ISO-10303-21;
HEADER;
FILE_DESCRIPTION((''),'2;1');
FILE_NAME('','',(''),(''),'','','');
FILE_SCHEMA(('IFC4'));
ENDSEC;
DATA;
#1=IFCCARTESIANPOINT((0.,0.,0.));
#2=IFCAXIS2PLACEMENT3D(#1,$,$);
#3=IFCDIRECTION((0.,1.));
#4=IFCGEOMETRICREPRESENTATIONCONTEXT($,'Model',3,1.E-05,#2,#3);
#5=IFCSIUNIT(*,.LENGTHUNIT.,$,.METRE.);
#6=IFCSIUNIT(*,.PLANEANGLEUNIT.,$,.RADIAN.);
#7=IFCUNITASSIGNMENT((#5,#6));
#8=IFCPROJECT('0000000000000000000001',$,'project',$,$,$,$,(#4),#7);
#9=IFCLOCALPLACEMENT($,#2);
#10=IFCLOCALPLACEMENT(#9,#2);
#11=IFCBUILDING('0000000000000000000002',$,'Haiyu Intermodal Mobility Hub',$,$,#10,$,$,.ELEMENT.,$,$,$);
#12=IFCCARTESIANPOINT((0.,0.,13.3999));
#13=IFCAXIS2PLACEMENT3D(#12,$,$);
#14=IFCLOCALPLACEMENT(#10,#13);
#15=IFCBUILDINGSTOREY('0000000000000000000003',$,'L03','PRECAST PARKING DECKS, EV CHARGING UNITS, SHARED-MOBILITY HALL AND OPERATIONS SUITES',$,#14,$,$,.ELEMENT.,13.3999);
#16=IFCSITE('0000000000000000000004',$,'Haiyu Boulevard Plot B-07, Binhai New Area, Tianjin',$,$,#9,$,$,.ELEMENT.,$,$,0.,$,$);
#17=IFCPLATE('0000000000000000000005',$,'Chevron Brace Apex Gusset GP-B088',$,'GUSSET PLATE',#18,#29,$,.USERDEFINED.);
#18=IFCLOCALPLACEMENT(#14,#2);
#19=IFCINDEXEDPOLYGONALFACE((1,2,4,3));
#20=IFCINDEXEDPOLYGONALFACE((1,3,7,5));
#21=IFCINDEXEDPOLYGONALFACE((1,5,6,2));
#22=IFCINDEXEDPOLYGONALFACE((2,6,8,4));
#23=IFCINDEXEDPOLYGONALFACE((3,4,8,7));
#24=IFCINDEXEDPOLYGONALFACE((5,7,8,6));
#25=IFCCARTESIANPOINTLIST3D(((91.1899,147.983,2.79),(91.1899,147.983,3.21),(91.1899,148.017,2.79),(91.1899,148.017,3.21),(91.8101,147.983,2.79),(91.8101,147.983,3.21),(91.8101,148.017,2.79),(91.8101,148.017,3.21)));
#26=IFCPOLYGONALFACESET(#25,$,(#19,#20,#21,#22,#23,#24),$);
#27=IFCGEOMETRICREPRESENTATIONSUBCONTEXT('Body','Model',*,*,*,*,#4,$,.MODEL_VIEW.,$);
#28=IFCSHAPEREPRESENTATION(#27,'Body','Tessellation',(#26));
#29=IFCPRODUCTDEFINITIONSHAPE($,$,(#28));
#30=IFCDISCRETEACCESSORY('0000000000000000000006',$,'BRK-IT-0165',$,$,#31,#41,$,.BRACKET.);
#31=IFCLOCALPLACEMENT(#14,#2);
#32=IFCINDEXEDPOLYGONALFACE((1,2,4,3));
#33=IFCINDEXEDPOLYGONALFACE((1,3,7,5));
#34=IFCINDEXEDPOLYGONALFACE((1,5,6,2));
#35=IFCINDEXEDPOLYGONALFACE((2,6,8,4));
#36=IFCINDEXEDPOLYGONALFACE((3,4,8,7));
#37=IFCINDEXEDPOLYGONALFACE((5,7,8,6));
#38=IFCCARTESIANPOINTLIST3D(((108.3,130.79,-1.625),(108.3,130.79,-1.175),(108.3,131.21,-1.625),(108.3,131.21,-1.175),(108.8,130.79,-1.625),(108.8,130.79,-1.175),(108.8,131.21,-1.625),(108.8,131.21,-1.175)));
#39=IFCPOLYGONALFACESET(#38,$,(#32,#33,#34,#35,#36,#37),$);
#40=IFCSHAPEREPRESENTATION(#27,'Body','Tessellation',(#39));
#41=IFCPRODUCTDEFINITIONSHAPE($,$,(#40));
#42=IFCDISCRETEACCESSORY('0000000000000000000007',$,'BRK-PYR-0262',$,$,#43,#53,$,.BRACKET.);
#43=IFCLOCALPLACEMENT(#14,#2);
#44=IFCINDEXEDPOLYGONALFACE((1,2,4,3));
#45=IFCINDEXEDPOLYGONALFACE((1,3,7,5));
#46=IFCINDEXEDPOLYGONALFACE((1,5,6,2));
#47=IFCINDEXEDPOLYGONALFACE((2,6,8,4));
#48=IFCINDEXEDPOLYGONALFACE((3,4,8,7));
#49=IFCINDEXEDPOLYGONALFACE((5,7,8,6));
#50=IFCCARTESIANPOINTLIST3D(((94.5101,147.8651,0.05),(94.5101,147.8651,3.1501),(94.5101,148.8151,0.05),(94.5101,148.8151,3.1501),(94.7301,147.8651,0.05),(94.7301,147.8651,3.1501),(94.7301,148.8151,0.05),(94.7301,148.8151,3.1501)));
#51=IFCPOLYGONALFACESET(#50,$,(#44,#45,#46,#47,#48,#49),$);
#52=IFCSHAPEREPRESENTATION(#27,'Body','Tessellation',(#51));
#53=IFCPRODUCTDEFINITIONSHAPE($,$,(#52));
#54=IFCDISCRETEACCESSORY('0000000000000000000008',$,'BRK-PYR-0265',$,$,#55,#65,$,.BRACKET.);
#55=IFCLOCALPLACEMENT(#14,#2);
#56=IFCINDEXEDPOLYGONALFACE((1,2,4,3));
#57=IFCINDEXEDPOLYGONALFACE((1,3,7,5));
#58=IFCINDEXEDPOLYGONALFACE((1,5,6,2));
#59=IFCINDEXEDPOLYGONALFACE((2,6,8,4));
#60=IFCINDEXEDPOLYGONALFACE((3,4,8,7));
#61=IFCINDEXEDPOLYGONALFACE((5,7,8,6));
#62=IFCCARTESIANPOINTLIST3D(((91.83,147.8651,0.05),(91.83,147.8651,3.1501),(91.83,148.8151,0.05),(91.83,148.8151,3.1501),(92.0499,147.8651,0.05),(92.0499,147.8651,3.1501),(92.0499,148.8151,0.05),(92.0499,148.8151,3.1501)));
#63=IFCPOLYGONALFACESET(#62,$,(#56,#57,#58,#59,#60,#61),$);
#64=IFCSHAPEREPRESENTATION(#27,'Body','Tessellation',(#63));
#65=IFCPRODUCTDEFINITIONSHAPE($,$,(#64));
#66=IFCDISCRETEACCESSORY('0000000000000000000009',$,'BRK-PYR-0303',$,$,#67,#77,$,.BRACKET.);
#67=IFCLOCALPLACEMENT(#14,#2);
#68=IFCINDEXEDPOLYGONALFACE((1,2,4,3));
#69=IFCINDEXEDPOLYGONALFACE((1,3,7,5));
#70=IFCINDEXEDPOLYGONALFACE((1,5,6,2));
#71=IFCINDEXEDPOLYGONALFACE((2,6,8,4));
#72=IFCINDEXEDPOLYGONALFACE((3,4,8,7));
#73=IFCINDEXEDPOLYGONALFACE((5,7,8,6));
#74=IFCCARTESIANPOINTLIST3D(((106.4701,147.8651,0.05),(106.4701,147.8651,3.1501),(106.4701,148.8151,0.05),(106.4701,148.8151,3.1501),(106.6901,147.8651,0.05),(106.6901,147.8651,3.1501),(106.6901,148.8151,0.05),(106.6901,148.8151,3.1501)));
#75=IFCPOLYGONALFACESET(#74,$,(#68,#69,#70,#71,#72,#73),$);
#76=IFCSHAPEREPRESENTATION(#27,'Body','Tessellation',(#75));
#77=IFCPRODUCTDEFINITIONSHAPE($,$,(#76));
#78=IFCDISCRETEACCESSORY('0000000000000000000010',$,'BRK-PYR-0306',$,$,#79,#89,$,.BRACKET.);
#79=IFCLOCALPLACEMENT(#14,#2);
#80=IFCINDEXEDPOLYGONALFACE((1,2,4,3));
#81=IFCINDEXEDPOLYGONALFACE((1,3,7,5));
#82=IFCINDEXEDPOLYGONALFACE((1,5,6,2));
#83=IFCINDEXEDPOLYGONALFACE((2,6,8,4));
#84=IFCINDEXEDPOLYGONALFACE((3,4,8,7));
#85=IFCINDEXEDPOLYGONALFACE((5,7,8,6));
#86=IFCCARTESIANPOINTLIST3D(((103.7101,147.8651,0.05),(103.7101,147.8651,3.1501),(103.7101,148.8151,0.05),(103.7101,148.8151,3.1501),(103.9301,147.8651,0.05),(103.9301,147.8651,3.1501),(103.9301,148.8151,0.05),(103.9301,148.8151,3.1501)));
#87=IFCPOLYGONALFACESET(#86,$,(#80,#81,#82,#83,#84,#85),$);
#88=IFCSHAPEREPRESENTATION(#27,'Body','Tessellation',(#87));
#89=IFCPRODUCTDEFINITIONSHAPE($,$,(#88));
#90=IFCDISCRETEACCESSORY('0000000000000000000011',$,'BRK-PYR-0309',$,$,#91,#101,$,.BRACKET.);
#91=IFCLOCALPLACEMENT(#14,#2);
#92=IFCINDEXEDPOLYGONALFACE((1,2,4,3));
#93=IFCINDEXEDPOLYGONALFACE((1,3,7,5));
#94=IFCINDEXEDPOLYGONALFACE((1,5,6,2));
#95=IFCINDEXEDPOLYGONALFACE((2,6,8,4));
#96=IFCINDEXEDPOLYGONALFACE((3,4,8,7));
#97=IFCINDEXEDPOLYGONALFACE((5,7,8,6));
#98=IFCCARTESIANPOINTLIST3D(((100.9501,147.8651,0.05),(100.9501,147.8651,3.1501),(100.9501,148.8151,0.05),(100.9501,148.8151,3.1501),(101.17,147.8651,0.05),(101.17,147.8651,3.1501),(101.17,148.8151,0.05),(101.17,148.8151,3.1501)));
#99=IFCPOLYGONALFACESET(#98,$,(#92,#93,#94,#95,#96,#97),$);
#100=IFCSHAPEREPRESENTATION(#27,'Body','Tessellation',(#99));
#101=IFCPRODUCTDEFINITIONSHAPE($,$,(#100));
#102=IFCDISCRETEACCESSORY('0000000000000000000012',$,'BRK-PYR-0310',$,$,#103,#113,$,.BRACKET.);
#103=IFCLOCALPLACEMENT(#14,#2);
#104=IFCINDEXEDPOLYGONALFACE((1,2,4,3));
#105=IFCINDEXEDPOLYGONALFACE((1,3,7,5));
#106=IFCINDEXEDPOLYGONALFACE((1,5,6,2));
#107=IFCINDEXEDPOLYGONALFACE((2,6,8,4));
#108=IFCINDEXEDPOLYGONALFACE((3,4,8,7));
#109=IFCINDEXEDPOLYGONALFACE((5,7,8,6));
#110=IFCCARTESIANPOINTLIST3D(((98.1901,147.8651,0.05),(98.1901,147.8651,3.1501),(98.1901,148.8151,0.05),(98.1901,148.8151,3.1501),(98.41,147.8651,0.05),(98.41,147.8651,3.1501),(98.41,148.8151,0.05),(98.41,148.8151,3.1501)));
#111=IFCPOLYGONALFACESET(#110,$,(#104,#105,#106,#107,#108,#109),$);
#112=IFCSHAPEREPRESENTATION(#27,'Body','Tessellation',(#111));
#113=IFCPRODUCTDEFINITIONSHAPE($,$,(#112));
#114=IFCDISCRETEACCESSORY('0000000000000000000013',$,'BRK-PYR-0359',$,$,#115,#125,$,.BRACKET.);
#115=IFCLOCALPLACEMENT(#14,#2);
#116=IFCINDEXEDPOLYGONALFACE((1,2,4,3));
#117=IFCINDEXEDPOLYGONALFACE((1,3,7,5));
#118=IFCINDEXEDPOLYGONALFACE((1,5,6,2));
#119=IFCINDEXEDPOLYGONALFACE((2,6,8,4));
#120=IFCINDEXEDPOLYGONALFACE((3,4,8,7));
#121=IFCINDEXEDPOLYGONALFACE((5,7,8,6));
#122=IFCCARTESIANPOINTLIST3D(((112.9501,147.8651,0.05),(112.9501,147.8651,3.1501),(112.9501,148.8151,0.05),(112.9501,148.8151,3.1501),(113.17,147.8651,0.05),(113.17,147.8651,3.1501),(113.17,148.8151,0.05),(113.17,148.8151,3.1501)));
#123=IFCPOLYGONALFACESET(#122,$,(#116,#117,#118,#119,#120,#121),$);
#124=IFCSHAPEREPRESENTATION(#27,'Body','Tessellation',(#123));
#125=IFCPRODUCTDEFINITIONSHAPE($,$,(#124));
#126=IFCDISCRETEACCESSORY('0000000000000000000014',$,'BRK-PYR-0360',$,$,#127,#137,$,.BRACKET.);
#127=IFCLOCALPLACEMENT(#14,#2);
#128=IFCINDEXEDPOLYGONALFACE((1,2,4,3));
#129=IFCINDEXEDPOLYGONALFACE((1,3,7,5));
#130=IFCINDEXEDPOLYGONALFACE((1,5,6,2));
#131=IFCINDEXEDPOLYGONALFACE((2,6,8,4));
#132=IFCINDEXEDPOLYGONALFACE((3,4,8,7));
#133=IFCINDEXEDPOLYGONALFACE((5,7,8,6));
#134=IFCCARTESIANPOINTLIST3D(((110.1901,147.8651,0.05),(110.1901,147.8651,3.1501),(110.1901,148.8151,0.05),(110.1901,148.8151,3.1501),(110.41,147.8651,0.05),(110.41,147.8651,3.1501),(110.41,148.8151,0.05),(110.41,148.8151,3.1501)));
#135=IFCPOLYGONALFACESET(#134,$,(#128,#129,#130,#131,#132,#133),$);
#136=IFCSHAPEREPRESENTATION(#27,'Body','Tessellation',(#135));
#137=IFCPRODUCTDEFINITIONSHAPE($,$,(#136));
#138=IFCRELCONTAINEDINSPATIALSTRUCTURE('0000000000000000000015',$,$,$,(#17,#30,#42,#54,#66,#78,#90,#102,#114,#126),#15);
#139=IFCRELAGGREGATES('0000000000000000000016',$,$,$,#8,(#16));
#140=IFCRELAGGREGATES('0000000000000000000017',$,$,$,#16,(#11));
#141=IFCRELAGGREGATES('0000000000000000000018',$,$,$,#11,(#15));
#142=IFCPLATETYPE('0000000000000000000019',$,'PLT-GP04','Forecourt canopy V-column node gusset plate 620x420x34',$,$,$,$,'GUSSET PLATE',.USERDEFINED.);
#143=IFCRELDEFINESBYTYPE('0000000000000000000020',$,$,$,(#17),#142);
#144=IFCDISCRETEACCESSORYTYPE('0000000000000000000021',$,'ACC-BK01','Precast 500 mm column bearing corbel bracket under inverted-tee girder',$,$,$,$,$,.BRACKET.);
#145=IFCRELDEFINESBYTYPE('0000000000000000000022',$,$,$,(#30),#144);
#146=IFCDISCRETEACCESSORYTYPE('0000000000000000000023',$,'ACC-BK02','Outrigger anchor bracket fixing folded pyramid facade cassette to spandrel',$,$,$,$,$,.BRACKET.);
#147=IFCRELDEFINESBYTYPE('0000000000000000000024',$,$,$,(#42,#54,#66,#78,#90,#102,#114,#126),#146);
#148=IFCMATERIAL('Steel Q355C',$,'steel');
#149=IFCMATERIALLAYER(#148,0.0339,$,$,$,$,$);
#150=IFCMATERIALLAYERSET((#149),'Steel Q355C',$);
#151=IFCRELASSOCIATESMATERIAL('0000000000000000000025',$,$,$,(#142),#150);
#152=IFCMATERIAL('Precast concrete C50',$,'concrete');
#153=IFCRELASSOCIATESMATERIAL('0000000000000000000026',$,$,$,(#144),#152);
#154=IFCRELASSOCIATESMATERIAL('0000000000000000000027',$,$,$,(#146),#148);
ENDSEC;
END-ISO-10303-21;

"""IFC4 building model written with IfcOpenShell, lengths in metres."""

from ifc_helpers import new_model, si_unit, direction, frame, origin, origin_2d, place, context, subcontext, project, spatial, rectangle, extrude, material, layer, layer_set, type_object, element, save


model = new_model("IFC4")

# Units and contexts
model_context = context("Model", 3, precision=1e-05, world=origin(), true_north=direction((0.0, 1.0)))
body_context = subcontext(model_context, "Body", "Model", "MODEL_VIEW")
ifc_project = project(units=[si_unit("LENGTHUNIT", "METRE"), si_unit("PLANEANGLEUNIT", "RADIAN")], contexts=[model_context])

# Site, building, storey
site_placement = place(None, origin())
site = spatial("IfcSite", under=ifc_project, at=site_placement, Name="Haiyu Boulevard Plot B-07, Binhai New Area, Tianjin", CompositionType="ELEMENT", RefElevation=0.0)
building_placement = place(site_placement, origin())
building = spatial("IfcBuilding", under=site, at=building_placement, Name="Haiyu Intermodal Mobility Hub", CompositionType="ELEMENT")
storey_placement = place(building_placement, frame((0.0, 0.0, 13.3999)))
storey = spatial("IfcBuildingStorey", under=building, at=storey_placement, Name="L03", Description="PRECAST PARKING DECKS, EV CHARGING UNITS, SHARED-MOBILITY HALL AND OPERATIONS SUITES", CompositionType="ELEMENT", Elevation=13.3999)

# Shared definitions
ifc_material_1 = material(Name="Precast concrete C50", Category="concrete")

# Shared definitions
ifc_material_2 = material(Name="Steel Q355C", Category="steel")

# Plate
ifc_layer = layer(ifc_material_2, 0.0339)
ifc_layer_set = layer_set([ifc_layer], Name="Steel Q355C")
plate_type = type_object("IfcPlateType", Name="PLT-GP04", Description="Forecourt canopy V-column node gusset plate 620x420x34", ElementType="GUSSET PLATE", PredefinedType="USERDEFINED", material=ifc_layer_set)
plate_placement = place(storey_placement, frame((91.5, 148.0, 2.79), z_axis=(0.0, 0.0, 1.0), x_axis=(1.0, 0.0, 0.0)))
element("IfcPlate", 1, at=plate_placement, inside=storey, type_object=plate_type, Name="Chevron Brace Apex Gusset GP-B088", ObjectType="GUSSET PLATE", PredefinedType="USERDEFINED", context=body_context, shape_type="SweptSolid", body=[
    extrude(rectangle(XDim=0.6201, YDim=0.0339, at=origin_2d()), origin(), (0.0, 0.0, 1.0), 0.4199),
])

# Discrete accessories
discrete_accessory_type_1 = type_object("IfcDiscreteAccessoryType", Name="ACC-BK01", Description="Precast 500 mm column bearing corbel bracket under inverted-tee girder", PredefinedType="BRACKET", material=ifc_material_1)
discrete_accessory_placement = place(storey_placement, frame((108.55, 131.0, -1.625), z_axis=(0.0, 0.0, 1.0), x_axis=(1.0, 0.0, 0.0)))
element("IfcDiscreteAccessory", 2, at=discrete_accessory_placement, inside=storey, type_object=discrete_accessory_type_1, Name="BRK-IT-0165", PredefinedType="BRACKET", context=body_context, shape_type="SweptSolid", body=[
    extrude(rectangle(XDim=0.5, YDim=0.4199, at=origin_2d()), origin(), (0.0, 0.0, 1.0), 0.45),
])
discrete_accessory_type_2 = type_object("IfcDiscreteAccessoryType", Name="ACC-BK02", Description="Outrigger anchor bracket fixing folded pyramid facade cassette to spandrel", PredefinedType="BRACKET", material=ifc_material_2)
for number, where, z_axis, x_axis, name in (
    (3, (94.6201, 148.3401, 0.05), (0.0, 0.0, 1.0), (1.0, 0.0, 0.0), "BRK-PYR-0262"),
    (4, (91.9399, 148.3401, 0.05), (0.0, 0.0, 1.0), (1.0, 0.0, 0.0), "BRK-PYR-0265"),
    (5, (106.5801, 148.3401, 0.05), (0.0, 0.0, 1.0), (1.0, 0.0, 0.0), "BRK-PYR-0303"),
    (6, (103.8201, 148.3401, 0.05), (0.0, 0.0, 1.0), (1.0, 0.0, 0.0), "BRK-PYR-0306"),
    (7, (101.0601, 148.3401, 0.05), (0.0, 0.0, 1.0), (1.0, 0.0, 0.0), "BRK-PYR-0309"),
    (8, (98.3, 148.3401, 0.05), (0.0, 0.0, 1.0), (1.0, 0.0, 0.0), "BRK-PYR-0310"),
    (9, (113.0601, 148.3401, 0.05), (0.0, 0.0, 1.0), (1.0, 0.0, 0.0), "BRK-PYR-0359"),
    (10, (110.3, 148.3401, 0.05), (0.0, 0.0, 1.0), (1.0, 0.0, 0.0), "BRK-PYR-0360"),
):
    element("IfcDiscreteAccessory", number, at=place(storey_placement, frame(where, z_axis=z_axis, x_axis=x_axis)), inside=storey, type_object=discrete_accessory_type_2, Name=name, PredefinedType="BRACKET", context=body_context, shape_type="SweptSolid", body=[
        extrude(rectangle(XDim=0.22, YDim=0.95, at=origin_2d()), origin(), (0.0, 0.0, 1.0), 3.1001),
    ])

save(model, "model.ifc")
